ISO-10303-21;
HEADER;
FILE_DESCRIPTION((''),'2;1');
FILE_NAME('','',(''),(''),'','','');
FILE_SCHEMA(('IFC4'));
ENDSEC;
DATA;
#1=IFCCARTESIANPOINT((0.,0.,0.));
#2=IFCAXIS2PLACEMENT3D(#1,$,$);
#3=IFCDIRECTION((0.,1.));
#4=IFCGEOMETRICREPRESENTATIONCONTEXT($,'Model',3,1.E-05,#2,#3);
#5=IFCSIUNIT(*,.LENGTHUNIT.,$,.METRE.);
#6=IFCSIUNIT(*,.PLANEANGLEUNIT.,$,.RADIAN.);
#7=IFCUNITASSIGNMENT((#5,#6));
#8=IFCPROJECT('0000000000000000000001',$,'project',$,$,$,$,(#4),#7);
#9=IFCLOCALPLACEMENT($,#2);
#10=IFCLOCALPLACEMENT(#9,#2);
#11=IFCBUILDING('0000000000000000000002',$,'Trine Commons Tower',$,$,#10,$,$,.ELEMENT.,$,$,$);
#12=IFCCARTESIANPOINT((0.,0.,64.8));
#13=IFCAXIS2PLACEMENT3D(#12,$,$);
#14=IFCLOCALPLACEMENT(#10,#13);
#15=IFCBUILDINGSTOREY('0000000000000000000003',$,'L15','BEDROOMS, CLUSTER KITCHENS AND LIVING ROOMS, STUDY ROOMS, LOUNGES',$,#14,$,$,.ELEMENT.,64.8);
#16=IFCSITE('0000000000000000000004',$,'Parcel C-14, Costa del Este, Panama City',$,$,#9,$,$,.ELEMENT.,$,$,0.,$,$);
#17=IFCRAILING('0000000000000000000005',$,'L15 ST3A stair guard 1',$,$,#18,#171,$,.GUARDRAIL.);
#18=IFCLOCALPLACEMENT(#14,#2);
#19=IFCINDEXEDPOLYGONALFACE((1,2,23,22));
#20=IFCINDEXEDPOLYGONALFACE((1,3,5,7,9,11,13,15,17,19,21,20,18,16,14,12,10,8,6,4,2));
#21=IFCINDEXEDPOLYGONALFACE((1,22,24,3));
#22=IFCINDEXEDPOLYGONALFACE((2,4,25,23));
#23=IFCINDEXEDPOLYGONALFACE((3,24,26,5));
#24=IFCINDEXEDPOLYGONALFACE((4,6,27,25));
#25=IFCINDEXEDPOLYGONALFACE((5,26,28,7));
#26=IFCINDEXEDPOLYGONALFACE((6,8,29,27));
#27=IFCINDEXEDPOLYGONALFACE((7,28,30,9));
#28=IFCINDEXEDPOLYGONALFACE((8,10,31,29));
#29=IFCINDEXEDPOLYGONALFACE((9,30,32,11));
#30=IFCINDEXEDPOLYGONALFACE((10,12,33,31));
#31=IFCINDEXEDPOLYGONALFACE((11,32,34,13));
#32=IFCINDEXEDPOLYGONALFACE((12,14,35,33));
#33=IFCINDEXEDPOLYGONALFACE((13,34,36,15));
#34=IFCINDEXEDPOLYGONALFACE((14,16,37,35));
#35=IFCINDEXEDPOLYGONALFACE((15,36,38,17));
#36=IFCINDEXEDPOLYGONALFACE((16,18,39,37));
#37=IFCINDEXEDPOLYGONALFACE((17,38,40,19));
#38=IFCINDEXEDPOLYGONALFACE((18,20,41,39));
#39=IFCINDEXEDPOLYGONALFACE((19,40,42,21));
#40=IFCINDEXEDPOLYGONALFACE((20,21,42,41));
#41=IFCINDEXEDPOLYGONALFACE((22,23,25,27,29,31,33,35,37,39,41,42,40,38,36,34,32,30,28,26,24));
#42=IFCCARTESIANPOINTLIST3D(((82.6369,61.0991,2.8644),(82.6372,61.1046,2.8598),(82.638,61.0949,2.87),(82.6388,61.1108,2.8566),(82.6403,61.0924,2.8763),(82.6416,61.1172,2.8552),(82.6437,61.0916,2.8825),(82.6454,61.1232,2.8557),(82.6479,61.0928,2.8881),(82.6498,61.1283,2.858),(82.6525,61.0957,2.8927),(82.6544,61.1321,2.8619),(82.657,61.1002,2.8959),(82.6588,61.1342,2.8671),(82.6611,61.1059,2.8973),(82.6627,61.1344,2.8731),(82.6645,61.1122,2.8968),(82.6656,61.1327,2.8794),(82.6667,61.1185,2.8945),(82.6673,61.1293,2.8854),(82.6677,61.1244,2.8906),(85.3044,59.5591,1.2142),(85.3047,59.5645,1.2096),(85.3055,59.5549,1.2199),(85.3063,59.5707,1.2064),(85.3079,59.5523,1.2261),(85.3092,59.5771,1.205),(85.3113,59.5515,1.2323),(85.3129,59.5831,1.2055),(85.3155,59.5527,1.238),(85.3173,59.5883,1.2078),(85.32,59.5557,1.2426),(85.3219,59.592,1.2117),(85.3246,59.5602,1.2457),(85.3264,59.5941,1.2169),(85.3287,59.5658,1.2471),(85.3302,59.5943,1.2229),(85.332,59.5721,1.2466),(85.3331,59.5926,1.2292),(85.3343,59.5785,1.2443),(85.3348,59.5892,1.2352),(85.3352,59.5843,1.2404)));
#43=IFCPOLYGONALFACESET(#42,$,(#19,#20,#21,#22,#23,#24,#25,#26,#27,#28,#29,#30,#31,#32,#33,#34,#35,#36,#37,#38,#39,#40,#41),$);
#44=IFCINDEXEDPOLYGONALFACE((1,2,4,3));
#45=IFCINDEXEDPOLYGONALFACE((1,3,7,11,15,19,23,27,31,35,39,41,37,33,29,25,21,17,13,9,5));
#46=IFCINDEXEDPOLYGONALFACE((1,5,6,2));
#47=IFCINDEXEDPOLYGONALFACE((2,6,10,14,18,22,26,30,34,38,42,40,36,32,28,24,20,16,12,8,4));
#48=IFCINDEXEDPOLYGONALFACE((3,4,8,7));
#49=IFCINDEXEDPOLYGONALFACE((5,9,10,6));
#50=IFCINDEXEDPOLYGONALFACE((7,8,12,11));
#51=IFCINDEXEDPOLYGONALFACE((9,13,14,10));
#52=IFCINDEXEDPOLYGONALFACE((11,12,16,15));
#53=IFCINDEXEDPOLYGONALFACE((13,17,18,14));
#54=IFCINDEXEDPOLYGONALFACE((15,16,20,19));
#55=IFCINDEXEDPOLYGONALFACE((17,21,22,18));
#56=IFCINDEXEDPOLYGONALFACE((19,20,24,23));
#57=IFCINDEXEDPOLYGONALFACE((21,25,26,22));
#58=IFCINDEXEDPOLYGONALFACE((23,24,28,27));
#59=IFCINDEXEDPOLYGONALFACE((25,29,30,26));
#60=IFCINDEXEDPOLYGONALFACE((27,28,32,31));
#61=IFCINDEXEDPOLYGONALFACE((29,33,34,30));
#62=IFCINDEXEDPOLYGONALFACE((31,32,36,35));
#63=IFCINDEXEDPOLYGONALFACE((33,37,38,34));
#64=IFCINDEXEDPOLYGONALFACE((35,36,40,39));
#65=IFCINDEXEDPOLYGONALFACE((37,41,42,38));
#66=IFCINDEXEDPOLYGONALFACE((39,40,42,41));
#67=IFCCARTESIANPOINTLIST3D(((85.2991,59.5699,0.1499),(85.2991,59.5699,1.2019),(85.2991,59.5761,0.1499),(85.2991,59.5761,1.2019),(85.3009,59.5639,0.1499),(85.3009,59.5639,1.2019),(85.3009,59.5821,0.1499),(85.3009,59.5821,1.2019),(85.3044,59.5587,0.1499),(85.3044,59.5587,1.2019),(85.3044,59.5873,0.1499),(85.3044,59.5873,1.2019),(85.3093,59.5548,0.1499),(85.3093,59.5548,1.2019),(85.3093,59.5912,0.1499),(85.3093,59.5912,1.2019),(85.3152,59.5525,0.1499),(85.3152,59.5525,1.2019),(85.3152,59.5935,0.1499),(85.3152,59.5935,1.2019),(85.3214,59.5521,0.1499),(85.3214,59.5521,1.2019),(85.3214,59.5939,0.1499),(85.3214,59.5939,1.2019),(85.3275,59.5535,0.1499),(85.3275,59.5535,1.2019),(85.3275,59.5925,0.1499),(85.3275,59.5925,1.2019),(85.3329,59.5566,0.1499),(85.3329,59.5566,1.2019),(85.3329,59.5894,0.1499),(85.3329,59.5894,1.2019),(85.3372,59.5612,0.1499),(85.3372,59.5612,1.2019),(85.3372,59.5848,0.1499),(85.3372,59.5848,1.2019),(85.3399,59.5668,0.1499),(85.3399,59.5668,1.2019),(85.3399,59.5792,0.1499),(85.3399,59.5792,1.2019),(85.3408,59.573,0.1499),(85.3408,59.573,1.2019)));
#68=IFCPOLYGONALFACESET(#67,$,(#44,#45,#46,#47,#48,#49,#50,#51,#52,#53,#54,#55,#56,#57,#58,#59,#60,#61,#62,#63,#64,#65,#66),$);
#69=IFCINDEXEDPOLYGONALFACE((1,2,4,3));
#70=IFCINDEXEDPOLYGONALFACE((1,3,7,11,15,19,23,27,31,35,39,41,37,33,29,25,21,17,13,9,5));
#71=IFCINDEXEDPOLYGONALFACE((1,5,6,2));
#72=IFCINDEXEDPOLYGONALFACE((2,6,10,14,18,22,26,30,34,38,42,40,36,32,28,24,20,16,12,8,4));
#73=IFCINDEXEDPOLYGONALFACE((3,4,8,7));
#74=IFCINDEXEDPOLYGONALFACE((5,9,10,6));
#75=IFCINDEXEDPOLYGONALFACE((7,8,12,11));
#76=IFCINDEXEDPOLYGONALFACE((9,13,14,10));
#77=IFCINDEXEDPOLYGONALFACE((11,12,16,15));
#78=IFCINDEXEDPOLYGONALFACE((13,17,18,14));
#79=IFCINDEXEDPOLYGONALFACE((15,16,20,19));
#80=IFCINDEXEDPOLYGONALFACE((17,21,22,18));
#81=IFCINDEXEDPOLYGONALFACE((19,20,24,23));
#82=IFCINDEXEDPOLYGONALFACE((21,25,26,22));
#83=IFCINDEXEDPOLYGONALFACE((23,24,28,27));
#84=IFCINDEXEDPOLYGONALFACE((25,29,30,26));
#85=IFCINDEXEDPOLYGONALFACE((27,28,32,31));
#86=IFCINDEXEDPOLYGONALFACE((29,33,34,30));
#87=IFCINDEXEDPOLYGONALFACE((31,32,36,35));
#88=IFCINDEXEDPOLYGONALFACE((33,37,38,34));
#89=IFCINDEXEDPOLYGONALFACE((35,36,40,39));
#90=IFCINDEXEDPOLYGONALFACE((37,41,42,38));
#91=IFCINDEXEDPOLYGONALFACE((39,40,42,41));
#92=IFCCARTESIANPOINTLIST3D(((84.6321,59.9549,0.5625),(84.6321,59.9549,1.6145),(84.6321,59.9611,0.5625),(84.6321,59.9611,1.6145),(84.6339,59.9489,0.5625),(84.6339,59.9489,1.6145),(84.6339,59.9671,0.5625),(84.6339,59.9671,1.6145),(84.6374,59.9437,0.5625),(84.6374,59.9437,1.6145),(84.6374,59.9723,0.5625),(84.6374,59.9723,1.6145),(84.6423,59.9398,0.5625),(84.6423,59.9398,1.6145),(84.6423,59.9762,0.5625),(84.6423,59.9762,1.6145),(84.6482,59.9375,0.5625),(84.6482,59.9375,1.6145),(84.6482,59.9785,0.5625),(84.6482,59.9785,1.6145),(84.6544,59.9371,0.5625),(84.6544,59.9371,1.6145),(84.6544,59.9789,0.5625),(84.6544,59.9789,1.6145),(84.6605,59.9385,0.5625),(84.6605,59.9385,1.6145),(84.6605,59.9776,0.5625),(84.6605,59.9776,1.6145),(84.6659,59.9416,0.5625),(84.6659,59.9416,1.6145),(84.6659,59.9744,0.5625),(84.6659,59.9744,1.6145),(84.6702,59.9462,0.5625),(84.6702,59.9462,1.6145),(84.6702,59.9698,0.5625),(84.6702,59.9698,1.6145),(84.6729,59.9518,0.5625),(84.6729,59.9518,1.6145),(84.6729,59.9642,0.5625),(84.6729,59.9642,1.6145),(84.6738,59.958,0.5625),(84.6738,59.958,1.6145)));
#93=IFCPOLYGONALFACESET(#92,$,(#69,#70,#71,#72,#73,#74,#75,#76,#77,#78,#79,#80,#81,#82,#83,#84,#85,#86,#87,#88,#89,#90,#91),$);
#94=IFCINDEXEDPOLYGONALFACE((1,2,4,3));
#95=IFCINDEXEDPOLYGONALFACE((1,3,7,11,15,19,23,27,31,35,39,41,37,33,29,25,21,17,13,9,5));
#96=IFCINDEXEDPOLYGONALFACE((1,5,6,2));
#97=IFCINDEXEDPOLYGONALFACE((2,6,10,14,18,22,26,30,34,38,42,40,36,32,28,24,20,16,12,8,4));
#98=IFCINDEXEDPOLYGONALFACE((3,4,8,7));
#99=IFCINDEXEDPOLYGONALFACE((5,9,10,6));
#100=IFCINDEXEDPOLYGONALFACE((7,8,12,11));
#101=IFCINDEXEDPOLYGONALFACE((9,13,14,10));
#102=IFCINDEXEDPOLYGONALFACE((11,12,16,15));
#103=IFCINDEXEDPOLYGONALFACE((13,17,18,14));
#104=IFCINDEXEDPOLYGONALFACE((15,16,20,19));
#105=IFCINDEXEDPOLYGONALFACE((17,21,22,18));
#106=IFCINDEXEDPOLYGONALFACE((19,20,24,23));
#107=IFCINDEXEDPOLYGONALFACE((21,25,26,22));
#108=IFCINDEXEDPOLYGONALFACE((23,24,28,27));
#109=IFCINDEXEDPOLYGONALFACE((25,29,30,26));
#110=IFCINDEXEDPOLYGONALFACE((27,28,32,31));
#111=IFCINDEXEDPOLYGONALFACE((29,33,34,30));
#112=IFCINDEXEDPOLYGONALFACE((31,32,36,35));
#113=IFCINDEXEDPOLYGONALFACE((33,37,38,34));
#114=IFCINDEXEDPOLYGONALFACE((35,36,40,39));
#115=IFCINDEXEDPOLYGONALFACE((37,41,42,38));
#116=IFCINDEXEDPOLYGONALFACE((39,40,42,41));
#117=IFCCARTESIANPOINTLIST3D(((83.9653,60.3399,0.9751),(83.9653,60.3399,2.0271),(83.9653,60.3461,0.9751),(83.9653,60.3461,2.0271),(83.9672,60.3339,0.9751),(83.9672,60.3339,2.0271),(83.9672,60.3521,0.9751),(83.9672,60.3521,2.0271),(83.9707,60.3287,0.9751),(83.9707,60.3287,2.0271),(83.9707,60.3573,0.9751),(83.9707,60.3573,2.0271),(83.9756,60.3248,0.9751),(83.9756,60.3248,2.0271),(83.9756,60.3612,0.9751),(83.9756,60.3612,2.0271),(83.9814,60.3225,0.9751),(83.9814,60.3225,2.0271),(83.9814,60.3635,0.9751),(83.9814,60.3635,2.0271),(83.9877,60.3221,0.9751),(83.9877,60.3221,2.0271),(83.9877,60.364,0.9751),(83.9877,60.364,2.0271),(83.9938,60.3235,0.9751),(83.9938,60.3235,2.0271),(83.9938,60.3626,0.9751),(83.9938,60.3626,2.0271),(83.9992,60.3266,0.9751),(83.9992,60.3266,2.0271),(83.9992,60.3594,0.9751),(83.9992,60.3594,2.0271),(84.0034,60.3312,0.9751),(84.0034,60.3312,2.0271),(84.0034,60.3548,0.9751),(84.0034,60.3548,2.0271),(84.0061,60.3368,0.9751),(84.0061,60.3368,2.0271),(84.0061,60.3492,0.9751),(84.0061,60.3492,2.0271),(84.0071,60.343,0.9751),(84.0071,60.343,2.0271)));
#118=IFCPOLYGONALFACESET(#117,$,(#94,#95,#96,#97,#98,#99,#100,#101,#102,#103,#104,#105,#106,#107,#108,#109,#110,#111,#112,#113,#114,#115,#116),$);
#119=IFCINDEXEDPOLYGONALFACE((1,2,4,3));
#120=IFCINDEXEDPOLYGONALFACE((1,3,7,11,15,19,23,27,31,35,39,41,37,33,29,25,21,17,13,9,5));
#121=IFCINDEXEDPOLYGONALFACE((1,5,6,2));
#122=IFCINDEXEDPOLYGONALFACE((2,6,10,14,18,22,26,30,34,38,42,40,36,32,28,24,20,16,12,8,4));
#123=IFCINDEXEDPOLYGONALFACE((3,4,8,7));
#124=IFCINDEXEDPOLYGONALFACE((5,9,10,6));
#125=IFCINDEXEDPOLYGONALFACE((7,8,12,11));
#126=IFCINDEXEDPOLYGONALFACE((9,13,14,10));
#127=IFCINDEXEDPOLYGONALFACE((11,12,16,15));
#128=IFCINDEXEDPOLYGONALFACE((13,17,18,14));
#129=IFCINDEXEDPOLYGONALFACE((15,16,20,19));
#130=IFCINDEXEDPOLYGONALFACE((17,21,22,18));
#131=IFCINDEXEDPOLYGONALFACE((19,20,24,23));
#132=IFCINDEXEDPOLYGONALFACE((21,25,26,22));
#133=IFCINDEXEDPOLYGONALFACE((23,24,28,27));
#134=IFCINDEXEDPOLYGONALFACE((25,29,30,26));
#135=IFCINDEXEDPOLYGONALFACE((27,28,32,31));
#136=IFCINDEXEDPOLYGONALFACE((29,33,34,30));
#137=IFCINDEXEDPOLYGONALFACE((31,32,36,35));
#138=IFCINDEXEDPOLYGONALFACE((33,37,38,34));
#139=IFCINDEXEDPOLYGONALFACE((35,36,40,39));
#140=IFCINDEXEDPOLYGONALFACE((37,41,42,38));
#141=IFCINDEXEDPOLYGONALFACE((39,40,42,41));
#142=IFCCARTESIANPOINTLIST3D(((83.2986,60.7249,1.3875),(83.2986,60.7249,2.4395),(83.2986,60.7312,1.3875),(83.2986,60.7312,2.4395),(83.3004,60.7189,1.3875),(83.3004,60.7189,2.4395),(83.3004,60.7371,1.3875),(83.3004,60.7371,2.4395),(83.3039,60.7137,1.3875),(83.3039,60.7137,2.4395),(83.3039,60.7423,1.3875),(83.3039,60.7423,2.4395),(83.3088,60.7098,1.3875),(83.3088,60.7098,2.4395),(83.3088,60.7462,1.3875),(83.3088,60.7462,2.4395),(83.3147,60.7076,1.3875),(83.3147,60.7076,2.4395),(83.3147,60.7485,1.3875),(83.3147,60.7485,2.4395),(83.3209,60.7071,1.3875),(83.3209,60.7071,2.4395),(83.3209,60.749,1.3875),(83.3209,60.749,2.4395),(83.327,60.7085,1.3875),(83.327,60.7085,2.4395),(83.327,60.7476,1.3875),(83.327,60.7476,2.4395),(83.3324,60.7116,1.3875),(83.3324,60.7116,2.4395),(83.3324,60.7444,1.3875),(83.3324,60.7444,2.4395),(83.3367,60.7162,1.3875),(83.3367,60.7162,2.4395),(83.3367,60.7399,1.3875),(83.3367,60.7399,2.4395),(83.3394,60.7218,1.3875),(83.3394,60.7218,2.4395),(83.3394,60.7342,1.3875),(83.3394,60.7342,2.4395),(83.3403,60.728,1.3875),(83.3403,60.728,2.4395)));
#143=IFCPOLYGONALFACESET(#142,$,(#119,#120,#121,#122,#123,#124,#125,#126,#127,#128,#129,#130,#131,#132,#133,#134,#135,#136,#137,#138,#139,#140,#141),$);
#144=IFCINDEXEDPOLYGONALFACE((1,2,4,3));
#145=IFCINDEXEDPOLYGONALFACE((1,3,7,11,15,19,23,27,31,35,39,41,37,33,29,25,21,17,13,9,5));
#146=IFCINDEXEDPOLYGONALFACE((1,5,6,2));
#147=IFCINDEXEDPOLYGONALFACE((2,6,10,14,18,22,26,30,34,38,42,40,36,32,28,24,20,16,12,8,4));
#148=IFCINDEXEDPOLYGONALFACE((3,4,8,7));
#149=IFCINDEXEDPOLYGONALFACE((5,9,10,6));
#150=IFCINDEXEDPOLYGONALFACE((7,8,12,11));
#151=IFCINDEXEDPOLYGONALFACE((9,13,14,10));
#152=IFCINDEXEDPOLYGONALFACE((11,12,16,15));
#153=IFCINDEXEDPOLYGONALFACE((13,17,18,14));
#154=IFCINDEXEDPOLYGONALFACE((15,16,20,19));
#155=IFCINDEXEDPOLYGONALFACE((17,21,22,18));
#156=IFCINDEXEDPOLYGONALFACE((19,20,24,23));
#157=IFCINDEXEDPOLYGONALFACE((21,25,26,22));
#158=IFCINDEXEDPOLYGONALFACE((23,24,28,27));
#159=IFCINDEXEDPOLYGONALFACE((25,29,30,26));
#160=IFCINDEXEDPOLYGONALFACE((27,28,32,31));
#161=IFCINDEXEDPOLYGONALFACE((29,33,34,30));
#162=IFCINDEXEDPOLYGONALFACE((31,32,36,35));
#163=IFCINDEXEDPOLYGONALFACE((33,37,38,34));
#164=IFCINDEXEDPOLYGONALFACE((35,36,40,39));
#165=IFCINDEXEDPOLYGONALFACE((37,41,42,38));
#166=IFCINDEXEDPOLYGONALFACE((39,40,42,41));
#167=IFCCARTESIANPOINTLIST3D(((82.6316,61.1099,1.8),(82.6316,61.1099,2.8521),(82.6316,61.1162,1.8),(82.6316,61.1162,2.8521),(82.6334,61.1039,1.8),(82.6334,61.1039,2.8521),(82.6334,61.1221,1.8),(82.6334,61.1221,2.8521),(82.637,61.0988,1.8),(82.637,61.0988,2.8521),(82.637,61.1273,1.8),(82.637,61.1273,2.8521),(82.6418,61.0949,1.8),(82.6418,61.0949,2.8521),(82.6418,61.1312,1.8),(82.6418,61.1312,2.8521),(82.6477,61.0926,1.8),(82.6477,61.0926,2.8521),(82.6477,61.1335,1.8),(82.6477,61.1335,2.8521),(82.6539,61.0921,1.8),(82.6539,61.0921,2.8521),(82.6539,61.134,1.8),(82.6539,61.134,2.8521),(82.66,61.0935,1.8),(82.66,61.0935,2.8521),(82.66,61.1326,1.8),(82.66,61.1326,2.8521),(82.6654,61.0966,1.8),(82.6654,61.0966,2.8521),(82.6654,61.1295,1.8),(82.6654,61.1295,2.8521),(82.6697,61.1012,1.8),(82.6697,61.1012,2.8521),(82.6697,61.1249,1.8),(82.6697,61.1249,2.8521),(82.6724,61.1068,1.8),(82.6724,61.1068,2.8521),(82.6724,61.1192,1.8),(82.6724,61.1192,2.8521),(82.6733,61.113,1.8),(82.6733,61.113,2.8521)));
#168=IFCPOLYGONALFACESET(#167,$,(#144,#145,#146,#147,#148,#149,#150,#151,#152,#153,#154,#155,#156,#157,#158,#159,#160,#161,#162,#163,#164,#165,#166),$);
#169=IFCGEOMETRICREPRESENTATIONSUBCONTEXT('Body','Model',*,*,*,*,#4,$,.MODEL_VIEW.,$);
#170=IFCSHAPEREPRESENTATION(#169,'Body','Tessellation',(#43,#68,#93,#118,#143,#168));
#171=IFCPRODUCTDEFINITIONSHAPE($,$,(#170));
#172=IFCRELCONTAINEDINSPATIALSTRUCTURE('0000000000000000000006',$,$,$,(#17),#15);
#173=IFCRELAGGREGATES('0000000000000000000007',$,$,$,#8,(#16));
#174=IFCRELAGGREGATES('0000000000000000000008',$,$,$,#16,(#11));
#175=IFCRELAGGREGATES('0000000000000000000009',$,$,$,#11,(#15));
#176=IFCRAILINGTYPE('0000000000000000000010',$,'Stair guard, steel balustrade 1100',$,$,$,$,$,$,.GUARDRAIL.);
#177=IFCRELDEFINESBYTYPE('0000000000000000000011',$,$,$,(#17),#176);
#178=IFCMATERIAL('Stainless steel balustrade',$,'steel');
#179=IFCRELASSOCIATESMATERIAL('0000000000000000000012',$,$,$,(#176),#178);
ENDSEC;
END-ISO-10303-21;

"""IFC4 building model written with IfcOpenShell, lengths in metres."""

from ifc_helpers import new_model, si_unit, direction, frame, origin, origin_2d, place, context, subcontext, project, spatial, circle, extrude, material, type_object, element, save


model = new_model("IFC4")

# Units and contexts
model_context = context("Model", 3, precision=1e-05, world=origin(), true_north=direction((0.0, 1.0)))
body_context = subcontext(model_context, "Body", "Model", "MODEL_VIEW")
ifc_project = project(units=[si_unit("LENGTHUNIT", "METRE"), si_unit("PLANEANGLEUNIT", "RADIAN")], contexts=[model_context])

# Site, building, storey
site_placement = place(None, origin())
site = spatial("IfcSite", under=ifc_project, at=site_placement, Name="Parcel C-14, Costa del Este, Panama City", CompositionType="ELEMENT", RefElevation=0.0)
building_placement = place(site_placement, origin())
building = spatial("IfcBuilding", under=site, at=building_placement, Name="Trine Commons Tower", CompositionType="ELEMENT")
storey_placement = place(building_placement, frame((0.0, 0.0, 64.8)))
storey = spatial("IfcBuildingStorey", under=building, at=storey_placement, Name="L15", Description="BEDROOMS, CLUSTER KITCHENS AND LIVING ROOMS, STUDY ROOMS, LOUNGES", CompositionType="ELEMENT", Elevation=64.8)

# Railing
ifc_material_1 = material(Name="Stainless steel balustrade", Category="steel")
railing_type_1 = type_object("IfcRailingType", Name="Stair guard, steel balustrade 1100", PredefinedType="GUARDRAIL", material=ifc_material_1)
railing_1_placement = place(storey_placement, frame((85.3198, 59.573, 0.1499)))
element("IfcRailing", 1, at=railing_1_placement, inside=storey, type_object=railing_type_1, Name="L15 ST3A stair guard 1", PredefinedType="GUARDRAIL", context=body_context, shape_type="SweptSolid", body=[
    extrude(circle(Radius=0.0239, at=origin_2d()), frame((0.0, 0.0, 1.0762), z_axis=(-0.76338, 0.440728, 0.472239), x_axis=(-0.499992, -0.86603, 0.0)), (0.0, 0.0, 1.0), 3.4944),
    extrude(circle(Radius=0.021, at=origin_2d()), origin(), (0.0, 0.0, 1.0), 1.052),
    extrude(circle(Radius=0.021, at=origin_2d()), frame((-0.667, 0.385, 0.4126)), (0.0, 0.0, 1.0), 1.052),
    extrude(circle(Radius=0.021, at=origin_2d()), frame((-1.3337, 0.77, 0.8252)), (0.0, 0.0, 1.0), 1.052),
    extrude(circle(Radius=0.021, at=origin_2d()), frame((-2.0005, 1.155, 1.2375)), (0.0, 0.0, 1.0), 1.052),
    extrude(circle(Radius=0.021, at=origin_2d()), frame((-2.6675, 1.54, 1.6501)), (0.0, 0.0, 1.0), 1.052),
])

save(model, "model.ifc")
